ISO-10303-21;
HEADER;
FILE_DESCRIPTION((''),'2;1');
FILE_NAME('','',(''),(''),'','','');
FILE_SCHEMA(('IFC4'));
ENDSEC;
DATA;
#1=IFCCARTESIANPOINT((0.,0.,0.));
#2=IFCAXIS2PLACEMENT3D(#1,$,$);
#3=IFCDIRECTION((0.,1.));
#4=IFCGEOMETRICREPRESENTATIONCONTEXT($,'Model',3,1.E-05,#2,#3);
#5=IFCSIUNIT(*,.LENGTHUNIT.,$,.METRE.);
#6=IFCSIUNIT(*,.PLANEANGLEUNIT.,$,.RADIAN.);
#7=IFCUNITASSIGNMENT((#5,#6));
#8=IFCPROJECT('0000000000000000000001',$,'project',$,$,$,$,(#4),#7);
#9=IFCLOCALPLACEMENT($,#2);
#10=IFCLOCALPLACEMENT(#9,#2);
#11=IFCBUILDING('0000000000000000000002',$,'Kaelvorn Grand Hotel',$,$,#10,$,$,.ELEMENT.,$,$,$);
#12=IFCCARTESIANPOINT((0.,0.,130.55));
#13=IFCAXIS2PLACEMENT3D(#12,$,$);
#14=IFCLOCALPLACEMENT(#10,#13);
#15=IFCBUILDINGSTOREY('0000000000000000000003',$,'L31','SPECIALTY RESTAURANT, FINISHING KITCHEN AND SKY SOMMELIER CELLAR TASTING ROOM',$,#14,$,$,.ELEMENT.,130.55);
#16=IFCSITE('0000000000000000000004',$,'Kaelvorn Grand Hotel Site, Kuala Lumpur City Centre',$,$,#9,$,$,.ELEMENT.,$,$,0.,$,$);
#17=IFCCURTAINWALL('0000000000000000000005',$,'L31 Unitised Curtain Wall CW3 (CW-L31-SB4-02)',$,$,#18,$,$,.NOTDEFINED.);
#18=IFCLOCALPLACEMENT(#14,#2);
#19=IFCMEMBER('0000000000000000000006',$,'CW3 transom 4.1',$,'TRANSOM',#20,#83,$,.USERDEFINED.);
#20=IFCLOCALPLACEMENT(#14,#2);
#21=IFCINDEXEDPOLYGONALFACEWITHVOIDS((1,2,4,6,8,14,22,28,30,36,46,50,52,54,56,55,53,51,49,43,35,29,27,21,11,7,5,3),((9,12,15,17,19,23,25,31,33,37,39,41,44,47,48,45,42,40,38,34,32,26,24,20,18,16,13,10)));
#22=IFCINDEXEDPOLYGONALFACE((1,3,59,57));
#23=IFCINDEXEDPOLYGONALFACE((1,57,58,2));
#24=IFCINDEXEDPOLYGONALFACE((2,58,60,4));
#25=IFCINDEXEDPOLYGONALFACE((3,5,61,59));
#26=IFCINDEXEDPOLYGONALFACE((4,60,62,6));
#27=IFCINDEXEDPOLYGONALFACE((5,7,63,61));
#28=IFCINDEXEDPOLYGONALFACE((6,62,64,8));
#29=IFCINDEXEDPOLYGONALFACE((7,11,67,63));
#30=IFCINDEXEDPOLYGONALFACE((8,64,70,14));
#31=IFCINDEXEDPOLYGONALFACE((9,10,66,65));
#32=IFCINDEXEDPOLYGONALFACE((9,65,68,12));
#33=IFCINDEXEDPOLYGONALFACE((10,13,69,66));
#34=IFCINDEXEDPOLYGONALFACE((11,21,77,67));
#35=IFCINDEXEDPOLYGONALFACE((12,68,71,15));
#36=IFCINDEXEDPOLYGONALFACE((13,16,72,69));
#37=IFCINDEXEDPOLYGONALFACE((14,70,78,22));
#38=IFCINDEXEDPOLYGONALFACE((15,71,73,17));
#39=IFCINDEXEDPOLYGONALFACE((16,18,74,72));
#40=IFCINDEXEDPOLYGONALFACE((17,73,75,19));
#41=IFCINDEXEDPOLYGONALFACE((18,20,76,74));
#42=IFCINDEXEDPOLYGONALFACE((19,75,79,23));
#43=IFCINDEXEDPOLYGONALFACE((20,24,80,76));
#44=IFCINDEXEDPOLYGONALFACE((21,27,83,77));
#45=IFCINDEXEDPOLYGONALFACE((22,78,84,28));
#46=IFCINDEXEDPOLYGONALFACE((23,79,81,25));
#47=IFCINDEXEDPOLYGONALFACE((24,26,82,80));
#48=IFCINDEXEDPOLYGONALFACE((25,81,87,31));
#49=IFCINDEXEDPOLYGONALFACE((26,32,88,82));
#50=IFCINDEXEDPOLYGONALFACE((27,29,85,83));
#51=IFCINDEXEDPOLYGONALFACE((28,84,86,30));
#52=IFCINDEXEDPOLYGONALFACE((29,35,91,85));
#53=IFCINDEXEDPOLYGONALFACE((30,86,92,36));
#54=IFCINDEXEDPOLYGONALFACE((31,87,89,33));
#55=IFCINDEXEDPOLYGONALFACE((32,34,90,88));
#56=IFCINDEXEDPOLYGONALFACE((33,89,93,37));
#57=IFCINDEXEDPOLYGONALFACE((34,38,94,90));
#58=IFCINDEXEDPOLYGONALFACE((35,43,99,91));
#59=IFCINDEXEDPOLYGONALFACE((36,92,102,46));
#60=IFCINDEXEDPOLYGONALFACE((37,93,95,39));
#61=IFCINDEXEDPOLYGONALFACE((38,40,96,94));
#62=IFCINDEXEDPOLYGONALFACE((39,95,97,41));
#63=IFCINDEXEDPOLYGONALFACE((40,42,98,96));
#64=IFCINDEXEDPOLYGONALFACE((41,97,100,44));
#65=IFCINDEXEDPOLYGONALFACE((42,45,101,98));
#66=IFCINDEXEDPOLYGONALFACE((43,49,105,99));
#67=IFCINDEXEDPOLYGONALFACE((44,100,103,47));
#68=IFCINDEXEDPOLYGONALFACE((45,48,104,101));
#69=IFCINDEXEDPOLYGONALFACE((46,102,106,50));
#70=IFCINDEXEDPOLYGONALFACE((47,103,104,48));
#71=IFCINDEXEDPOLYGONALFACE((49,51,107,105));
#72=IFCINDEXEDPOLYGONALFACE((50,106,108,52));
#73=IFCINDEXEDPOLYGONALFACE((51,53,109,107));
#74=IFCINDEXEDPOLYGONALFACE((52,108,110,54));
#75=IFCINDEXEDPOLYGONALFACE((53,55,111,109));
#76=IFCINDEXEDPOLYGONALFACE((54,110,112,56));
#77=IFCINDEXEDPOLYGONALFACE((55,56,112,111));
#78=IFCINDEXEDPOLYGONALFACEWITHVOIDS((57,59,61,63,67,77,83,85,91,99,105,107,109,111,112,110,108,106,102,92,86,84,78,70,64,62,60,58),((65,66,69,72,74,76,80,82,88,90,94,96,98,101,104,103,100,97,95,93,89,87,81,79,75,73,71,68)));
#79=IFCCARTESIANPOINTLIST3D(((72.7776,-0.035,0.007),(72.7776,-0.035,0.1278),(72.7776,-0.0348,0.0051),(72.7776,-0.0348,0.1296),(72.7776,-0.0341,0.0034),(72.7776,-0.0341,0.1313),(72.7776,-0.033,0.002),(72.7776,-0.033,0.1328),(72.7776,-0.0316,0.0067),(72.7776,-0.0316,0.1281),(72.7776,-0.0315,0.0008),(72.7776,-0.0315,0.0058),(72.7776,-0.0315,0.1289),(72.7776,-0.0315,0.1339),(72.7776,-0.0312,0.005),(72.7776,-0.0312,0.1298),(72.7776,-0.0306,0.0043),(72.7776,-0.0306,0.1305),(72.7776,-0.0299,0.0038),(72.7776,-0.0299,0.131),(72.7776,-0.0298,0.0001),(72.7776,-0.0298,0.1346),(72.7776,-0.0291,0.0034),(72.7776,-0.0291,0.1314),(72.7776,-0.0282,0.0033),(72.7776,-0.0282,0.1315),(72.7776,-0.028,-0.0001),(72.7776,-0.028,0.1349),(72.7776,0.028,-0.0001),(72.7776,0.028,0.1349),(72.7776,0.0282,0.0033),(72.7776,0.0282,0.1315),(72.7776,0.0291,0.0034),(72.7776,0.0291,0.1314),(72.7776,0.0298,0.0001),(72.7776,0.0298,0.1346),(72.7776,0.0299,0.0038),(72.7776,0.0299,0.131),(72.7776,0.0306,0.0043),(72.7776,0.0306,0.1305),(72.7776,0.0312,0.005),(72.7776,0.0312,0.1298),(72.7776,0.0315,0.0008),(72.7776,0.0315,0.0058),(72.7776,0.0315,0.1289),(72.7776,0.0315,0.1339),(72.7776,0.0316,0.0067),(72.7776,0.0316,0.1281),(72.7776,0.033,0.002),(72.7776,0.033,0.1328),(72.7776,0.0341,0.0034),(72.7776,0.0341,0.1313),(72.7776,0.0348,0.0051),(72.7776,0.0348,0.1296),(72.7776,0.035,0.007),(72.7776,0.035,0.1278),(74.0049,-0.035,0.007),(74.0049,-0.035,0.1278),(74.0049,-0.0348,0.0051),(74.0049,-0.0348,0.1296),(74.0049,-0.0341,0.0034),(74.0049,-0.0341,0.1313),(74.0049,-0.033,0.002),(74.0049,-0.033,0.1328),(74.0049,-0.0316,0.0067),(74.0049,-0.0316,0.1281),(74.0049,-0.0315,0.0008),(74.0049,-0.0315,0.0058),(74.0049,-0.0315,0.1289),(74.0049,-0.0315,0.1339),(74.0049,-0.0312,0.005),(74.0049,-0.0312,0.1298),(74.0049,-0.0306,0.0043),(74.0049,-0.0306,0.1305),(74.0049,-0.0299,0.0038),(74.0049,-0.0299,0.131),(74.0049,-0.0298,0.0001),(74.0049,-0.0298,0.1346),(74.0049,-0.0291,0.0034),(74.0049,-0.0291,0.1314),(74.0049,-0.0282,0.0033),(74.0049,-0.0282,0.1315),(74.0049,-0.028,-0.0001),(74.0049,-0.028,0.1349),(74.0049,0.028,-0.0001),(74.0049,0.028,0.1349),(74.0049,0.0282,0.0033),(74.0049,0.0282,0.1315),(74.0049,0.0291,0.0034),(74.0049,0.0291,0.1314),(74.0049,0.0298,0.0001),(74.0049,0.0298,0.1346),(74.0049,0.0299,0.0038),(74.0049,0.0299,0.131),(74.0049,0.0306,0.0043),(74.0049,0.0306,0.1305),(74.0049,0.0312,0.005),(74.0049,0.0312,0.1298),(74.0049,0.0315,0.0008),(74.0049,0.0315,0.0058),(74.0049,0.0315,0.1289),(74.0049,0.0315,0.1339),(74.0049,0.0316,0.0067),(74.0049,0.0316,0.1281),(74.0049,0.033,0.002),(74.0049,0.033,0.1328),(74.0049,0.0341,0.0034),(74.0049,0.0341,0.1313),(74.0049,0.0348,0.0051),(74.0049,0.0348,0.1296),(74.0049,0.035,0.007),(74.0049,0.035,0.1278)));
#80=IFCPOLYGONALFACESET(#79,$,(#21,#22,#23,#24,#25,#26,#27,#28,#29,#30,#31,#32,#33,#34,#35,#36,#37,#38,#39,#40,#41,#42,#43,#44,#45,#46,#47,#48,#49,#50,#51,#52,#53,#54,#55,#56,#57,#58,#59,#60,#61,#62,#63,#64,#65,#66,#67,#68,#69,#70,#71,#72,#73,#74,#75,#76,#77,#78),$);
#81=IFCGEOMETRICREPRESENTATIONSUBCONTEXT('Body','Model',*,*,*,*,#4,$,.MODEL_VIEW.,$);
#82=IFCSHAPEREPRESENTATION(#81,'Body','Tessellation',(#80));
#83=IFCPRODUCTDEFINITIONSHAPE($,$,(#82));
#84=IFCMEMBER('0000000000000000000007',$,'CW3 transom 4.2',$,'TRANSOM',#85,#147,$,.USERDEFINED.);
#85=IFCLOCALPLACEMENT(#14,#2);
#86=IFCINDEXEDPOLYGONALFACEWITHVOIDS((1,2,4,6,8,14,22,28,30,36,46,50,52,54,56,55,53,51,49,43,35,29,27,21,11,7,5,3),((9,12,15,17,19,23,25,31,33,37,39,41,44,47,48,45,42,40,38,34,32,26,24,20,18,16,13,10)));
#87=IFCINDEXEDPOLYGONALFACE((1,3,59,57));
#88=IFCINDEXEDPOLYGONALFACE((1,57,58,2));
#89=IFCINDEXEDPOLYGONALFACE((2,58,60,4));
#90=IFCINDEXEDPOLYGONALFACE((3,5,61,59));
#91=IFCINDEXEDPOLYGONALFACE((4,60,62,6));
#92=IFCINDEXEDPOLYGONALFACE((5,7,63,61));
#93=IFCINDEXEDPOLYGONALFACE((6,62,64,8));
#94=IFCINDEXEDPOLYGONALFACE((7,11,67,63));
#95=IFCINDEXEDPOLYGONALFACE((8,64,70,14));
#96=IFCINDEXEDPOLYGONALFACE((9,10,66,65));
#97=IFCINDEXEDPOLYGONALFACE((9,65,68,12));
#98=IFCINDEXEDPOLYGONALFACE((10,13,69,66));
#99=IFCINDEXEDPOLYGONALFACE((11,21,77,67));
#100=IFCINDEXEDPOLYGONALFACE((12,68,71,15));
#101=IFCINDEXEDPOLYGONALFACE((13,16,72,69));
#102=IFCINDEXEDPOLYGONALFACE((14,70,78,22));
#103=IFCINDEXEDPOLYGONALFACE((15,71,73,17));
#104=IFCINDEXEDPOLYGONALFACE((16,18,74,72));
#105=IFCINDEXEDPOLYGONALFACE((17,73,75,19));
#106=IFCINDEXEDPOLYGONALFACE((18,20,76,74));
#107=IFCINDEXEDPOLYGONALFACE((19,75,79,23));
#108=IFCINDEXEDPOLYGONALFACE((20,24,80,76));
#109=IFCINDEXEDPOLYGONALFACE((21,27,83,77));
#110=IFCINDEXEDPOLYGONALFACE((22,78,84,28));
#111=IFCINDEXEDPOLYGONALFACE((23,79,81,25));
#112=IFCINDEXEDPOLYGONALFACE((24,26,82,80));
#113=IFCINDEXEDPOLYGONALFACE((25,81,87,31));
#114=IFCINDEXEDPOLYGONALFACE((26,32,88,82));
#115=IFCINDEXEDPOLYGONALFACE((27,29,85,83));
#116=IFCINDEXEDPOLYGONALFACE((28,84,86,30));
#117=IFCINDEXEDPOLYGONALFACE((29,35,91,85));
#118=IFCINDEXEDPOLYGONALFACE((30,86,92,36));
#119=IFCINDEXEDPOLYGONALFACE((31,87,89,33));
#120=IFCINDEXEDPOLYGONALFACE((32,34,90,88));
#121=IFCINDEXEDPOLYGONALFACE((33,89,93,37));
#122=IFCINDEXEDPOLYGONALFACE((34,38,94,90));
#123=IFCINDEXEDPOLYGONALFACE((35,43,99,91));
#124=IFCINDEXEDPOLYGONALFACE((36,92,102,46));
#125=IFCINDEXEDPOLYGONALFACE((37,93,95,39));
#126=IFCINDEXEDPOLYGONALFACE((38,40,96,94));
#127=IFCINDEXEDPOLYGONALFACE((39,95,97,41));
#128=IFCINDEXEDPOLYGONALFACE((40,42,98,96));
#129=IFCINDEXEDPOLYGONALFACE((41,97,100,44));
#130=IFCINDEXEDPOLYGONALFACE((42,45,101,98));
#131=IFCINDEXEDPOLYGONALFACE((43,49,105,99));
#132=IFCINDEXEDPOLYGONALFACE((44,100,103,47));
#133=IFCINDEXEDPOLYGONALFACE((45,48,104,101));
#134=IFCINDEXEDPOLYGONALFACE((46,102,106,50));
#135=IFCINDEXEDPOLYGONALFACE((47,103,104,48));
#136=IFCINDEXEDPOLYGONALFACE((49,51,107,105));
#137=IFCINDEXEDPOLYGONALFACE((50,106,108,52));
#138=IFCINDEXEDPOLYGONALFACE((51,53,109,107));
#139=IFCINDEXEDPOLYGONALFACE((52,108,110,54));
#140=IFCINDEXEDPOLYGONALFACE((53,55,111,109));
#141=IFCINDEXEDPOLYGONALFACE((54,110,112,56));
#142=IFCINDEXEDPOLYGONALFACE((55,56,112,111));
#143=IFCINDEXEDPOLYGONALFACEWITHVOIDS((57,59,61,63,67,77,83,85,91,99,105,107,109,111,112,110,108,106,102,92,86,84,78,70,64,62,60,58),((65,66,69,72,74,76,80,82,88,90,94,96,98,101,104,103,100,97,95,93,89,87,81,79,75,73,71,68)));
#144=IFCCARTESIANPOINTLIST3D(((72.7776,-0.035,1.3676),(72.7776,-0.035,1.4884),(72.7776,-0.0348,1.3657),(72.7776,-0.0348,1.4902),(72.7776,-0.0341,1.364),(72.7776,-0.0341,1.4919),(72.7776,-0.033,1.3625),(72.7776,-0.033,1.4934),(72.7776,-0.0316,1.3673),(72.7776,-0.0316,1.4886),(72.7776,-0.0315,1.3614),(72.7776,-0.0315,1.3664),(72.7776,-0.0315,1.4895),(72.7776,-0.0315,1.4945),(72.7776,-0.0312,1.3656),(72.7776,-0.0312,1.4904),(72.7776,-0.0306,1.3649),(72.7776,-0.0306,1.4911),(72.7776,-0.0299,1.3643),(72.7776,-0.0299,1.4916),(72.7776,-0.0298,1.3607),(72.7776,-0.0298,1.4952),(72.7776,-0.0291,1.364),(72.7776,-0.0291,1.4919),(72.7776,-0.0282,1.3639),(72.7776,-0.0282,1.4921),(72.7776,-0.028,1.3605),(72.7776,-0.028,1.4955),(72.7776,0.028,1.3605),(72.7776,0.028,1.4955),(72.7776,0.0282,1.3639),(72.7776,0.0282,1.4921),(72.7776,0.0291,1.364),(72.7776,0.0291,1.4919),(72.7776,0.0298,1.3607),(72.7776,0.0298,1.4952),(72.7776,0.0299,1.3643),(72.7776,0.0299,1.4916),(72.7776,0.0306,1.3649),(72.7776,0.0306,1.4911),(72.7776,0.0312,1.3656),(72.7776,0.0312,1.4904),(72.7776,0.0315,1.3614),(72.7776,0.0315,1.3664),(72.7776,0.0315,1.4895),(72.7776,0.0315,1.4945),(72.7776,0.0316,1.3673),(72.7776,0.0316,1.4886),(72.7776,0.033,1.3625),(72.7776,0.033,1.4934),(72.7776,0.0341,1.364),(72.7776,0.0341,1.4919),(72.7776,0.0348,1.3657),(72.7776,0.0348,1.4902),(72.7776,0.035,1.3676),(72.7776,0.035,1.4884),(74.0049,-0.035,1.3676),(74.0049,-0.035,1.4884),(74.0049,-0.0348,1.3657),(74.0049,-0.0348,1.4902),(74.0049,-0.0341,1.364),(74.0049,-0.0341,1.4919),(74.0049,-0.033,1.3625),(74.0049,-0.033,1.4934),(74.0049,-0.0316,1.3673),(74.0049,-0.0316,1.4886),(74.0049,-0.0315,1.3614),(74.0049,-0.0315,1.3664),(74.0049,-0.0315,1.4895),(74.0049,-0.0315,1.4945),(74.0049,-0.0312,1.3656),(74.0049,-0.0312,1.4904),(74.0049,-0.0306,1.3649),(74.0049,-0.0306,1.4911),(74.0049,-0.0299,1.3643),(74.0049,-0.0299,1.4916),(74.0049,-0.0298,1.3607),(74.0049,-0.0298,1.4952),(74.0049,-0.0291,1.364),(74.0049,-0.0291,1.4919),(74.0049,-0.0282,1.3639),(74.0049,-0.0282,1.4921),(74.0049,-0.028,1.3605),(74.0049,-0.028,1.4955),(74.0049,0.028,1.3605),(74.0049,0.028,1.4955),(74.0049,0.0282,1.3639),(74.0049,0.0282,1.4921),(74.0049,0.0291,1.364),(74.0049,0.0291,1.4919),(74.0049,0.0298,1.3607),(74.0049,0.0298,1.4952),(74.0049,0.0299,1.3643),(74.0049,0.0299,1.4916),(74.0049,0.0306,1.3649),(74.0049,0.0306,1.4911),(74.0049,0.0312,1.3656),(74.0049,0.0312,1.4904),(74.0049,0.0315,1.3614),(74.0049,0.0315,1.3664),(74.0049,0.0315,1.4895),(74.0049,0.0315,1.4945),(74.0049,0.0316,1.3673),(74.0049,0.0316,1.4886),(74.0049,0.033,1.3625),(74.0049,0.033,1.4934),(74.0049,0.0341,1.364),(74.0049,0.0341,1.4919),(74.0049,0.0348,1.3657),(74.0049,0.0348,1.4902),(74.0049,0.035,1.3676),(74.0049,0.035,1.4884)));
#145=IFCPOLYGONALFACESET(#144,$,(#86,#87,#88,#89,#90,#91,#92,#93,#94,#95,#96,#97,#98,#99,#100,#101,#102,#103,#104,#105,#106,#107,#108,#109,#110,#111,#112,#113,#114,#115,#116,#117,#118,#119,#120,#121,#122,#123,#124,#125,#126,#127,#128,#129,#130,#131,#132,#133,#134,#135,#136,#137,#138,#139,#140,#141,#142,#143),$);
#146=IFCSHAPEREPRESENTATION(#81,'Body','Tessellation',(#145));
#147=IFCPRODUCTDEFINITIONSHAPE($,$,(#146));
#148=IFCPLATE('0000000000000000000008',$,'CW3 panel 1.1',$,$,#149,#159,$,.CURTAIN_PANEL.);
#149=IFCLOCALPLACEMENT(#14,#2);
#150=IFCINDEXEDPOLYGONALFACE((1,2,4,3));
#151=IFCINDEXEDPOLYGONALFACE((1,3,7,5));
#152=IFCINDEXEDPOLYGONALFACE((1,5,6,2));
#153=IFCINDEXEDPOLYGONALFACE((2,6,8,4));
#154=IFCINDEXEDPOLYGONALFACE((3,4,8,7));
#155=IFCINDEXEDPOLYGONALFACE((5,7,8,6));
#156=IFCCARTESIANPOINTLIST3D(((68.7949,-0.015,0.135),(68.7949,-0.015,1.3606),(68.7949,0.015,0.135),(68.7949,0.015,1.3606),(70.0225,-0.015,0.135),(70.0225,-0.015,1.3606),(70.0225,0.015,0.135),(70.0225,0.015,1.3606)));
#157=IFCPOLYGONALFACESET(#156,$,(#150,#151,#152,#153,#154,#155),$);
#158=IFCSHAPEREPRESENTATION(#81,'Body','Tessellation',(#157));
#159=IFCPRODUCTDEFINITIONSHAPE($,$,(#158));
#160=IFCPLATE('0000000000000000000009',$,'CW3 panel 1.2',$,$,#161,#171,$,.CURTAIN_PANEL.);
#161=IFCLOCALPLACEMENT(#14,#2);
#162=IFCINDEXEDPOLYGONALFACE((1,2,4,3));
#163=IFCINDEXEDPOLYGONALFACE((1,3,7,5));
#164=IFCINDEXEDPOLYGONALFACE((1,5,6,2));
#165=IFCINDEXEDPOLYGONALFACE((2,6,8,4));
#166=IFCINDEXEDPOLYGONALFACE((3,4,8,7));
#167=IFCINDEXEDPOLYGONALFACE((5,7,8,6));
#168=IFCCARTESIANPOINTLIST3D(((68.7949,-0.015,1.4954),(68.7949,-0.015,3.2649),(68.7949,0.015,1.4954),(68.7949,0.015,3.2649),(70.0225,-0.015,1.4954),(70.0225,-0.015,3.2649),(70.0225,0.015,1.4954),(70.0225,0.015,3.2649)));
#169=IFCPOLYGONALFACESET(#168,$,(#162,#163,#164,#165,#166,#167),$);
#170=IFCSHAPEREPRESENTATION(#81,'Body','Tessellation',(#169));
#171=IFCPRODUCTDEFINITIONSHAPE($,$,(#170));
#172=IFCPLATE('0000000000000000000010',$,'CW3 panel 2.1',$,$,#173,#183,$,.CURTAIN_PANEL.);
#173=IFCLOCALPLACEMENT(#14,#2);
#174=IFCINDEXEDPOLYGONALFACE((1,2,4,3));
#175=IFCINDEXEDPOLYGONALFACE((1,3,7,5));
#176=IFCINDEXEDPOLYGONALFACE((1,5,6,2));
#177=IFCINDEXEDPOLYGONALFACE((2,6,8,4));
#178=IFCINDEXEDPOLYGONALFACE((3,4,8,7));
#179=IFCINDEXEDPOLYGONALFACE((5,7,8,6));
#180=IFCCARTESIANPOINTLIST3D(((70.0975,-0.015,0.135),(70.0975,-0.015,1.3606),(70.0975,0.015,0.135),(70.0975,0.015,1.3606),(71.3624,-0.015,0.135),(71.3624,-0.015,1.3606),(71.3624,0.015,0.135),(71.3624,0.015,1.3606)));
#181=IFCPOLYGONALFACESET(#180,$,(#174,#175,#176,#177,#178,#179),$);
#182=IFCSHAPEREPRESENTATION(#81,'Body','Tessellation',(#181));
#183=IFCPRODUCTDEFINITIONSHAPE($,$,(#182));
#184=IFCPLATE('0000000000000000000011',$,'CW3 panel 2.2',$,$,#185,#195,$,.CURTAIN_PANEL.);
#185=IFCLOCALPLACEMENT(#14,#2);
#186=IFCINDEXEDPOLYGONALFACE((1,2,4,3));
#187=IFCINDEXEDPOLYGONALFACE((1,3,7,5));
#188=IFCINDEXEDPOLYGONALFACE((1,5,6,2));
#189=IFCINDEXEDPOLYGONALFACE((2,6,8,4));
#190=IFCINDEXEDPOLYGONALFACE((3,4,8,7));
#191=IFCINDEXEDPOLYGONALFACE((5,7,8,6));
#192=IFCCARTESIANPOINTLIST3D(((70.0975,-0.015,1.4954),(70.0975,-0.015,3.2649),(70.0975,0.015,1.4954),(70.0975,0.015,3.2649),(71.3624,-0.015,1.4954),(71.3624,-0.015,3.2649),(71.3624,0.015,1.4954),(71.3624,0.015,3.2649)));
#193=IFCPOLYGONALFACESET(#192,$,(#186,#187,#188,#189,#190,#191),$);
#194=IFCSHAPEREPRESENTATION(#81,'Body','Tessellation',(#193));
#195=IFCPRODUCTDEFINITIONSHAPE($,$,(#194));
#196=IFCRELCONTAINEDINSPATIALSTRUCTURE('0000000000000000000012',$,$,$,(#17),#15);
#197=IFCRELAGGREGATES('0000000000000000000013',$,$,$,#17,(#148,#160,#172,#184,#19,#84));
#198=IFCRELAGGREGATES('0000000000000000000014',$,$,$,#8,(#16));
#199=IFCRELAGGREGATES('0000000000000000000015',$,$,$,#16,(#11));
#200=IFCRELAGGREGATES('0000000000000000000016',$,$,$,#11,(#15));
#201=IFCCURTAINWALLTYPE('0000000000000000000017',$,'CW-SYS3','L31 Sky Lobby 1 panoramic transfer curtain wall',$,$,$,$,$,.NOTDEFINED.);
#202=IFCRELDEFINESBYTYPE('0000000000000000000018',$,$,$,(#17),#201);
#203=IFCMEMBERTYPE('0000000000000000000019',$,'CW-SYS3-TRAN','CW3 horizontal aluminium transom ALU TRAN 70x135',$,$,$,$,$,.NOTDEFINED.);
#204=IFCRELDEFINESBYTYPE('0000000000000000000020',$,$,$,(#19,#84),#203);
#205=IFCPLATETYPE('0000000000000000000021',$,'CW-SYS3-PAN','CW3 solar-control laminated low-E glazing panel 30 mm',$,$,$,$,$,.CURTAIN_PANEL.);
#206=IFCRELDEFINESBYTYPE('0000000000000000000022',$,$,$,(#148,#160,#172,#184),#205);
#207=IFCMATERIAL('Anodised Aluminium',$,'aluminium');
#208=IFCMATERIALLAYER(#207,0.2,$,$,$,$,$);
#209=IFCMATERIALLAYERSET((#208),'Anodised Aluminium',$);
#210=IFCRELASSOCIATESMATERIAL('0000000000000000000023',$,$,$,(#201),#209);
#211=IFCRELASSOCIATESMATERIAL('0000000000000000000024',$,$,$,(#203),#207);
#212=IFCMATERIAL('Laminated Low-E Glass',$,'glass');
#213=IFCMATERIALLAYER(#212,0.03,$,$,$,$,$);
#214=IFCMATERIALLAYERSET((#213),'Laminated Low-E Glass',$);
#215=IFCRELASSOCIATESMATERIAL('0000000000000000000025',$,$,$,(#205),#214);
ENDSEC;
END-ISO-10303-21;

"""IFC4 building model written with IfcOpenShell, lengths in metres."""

from ifc_helpers import new_model, si_unit, direction, frame, origin, origin_2d, place, context, subcontext, project, spatial, rectangle, hollow_rectangle, extrude, material, layer, layer_set, material_profile, profile_set, type_object, element, aggregate, save


model = new_model("IFC4")

# Units and contexts
model_context = context("Model", 3, precision=1e-05, world=origin(), true_north=direction((0.0, 1.0)))
body_context = subcontext(model_context, "Body", "Model", "MODEL_VIEW")
ifc_project = project(units=[si_unit("LENGTHUNIT", "METRE"), si_unit("PLANEANGLEUNIT", "RADIAN")], contexts=[model_context])

# Site, building, storey
site_placement = place(None, origin())
site = spatial("IfcSite", under=ifc_project, at=site_placement, Name="Kaelvorn Grand Hotel Site, Kuala Lumpur City Centre", CompositionType="ELEMENT", RefElevation=0.0)
building_placement = place(site_placement, origin())
building = spatial("IfcBuilding", under=site, at=building_placement, Name="Kaelvorn Grand Hotel", CompositionType="ELEMENT")
storey_placement = place(building_placement, frame((0.0, 0.0, 130.55)))
storey = spatial("IfcBuildingStorey", under=building, at=storey_placement, Name="L31", Description="SPECIALTY RESTAURANT, FINISHING KITCHEN AND SKY SOMMELIER CELLAR TASTING ROOM", CompositionType="ELEMENT", Elevation=130.55)

# Curtain wall, members, plates
ifc_material_1 = material(Name="Anodised Aluminium", Category="aluminium")
ifc_layer_1 = layer(ifc_material_1, 0.2)
ifc_layer_set_1 = layer_set([ifc_layer_1], Name="Anodised Aluminium")
curtain_wall_type = type_object("IfcCurtainWallType", Name="CW-SYS3", Description="L31 Sky Lobby 1 panoramic transfer curtain wall", PredefinedType="NOTDEFINED", material=ifc_layer_set_1)
curtain_wall_placement = place(storey_placement, origin())
curtain_wall = element("IfcCurtainWall", 1, at=curtain_wall_placement, inside=storey, type_object=curtain_wall_type, Name="L31 Unitised Curtain Wall CW3 (CW-L31-SB4-02)", PredefinedType="NOTDEFINED")
ifc_material_profile_1 = material_profile(ifc_material_1, hollow_rectangle(XDim=0.0701, YDim=0.135, WallThickness=0.0034, InnerFilletRadius=0.0034, OuterFilletRadius=0.0071, at=origin_2d()), Name="ALU TRAN 70x135")
ifc_profile_set_1 = profile_set([ifc_material_profile_1], Name="Anodised Aluminium")
member_type_1 = type_object("IfcMemberType", Name="CW-SYS3-TRAN", Description="CW3 horizontal aluminium transom ALU TRAN 70x135", PredefinedType="NOTDEFINED", material=ifc_profile_set_1)
member_1_placement = place(storey_placement, frame((72.7776, 0.0, 0.0674), z_axis=(1.0, 0.0, 0.0), x_axis=(0.0, 1.0, 0.0)))
member_1 = element("IfcMember", 2, at=member_1_placement, type_object=member_type_1, Name="CW3 transom 4.1", ObjectType="TRANSOM", PredefinedType="USERDEFINED", context=body_context, shape_type="SweptSolid", body=[
    extrude(hollow_rectangle(XDim=0.0701, YDim=0.135, WallThickness=0.0034, InnerFilletRadius=0.0034, OuterFilletRadius=0.0071, at=origin_2d()), origin(), (0.0, 0.0, 1.0), 1.2273),
])
member_2_placement = place(storey_placement, frame((72.7776, 0.0, 1.428), z_axis=(1.0, 0.0, 0.0), x_axis=(0.0, 1.0, 0.0)))
member_2 = element("IfcMember", 3, at=member_2_placement, type_object=member_type_1, Name="CW3 transom 4.2", ObjectType="TRANSOM", PredefinedType="USERDEFINED", context=body_context, shape_type="SweptSolid", body=[
    extrude(hollow_rectangle(XDim=0.0701, YDim=0.135, WallThickness=0.0034, InnerFilletRadius=0.0034, OuterFilletRadius=0.0071, at=origin_2d()), origin(), (0.0, 0.0, 1.0), 1.2273),
])
ifc_material_2 = material(Name="Laminated Low-E Glass", Category="glass")
ifc_layer_2 = layer(ifc_material_2, 0.03)
ifc_layer_set_2 = layer_set([ifc_layer_2], Name="Laminated Low-E Glass")
plate_type = type_object("IfcPlateType", Name="CW-SYS3-PAN", Description="CW3 solar-control laminated low-E glazing panel 30 mm", PredefinedType="CURTAIN_PANEL", material=ifc_layer_set_2)
plate_1_placement = place(storey_placement, frame((69.4087, 0.0, 0.135), z_axis=(0.0, 0.0, 1.0), x_axis=(1.0, 0.0, 0.0)))
plate_1 = element("IfcPlate", 4, at=plate_1_placement, type_object=plate_type, Name="CW3 panel 1.1", PredefinedType="CURTAIN_PANEL", context=body_context, shape_type="SweptSolid", body=[
    extrude(rectangle(XDim=1.2275, YDim=0.03, at=origin_2d()), origin(), (0.0, 0.0, 1.0), 1.2256),
])
plate_2_placement = place(storey_placement, frame((69.4087, 0.0, 1.4954), z_axis=(0.0, 0.0, 1.0), x_axis=(1.0, 0.0, 0.0)))
plate_2 = element("IfcPlate", 5, at=plate_2_placement, type_object=plate_type, Name="CW3 panel 1.2", PredefinedType="CURTAIN_PANEL", context=body_context, shape_type="SweptSolid", body=[
    extrude(rectangle(XDim=1.2275, YDim=0.03, at=origin_2d()), origin(), (0.0, 0.0, 1.0), 1.7695),
])
plate_3_placement = place(storey_placement, frame((70.73, 0.0, 0.135), z_axis=(0.0, 0.0, 1.0), x_axis=(1.0, 0.0, 0.0)))
plate_3 = element("IfcPlate", 6, at=plate_3_placement, type_object=plate_type, Name="CW3 panel 2.1", PredefinedType="CURTAIN_PANEL", context=body_context, shape_type="SweptSolid", body=[
    extrude(rectangle(XDim=1.2649, YDim=0.03, at=origin_2d()), origin(), (0.0, 0.0, 1.0), 1.2256),
])
plate_4_placement = place(storey_placement, frame((70.73, 0.0, 1.4954), z_axis=(0.0, 0.0, 1.0), x_axis=(1.0, 0.0, 0.0)))
plate_4 = element("IfcPlate", 7, at=plate_4_placement, type_object=plate_type, Name="CW3 panel 2.2", PredefinedType="CURTAIN_PANEL", context=body_context, shape_type="SweptSolid", body=[
    extrude(rectangle(XDim=1.2649, YDim=0.03, at=origin_2d()), origin(), (0.0, 0.0, 1.0), 1.7695),
])
aggregate(curtain_wall, [plate_1, plate_2, plate_3, plate_4, member_1, member_2])

save(model, "model.ifc")
